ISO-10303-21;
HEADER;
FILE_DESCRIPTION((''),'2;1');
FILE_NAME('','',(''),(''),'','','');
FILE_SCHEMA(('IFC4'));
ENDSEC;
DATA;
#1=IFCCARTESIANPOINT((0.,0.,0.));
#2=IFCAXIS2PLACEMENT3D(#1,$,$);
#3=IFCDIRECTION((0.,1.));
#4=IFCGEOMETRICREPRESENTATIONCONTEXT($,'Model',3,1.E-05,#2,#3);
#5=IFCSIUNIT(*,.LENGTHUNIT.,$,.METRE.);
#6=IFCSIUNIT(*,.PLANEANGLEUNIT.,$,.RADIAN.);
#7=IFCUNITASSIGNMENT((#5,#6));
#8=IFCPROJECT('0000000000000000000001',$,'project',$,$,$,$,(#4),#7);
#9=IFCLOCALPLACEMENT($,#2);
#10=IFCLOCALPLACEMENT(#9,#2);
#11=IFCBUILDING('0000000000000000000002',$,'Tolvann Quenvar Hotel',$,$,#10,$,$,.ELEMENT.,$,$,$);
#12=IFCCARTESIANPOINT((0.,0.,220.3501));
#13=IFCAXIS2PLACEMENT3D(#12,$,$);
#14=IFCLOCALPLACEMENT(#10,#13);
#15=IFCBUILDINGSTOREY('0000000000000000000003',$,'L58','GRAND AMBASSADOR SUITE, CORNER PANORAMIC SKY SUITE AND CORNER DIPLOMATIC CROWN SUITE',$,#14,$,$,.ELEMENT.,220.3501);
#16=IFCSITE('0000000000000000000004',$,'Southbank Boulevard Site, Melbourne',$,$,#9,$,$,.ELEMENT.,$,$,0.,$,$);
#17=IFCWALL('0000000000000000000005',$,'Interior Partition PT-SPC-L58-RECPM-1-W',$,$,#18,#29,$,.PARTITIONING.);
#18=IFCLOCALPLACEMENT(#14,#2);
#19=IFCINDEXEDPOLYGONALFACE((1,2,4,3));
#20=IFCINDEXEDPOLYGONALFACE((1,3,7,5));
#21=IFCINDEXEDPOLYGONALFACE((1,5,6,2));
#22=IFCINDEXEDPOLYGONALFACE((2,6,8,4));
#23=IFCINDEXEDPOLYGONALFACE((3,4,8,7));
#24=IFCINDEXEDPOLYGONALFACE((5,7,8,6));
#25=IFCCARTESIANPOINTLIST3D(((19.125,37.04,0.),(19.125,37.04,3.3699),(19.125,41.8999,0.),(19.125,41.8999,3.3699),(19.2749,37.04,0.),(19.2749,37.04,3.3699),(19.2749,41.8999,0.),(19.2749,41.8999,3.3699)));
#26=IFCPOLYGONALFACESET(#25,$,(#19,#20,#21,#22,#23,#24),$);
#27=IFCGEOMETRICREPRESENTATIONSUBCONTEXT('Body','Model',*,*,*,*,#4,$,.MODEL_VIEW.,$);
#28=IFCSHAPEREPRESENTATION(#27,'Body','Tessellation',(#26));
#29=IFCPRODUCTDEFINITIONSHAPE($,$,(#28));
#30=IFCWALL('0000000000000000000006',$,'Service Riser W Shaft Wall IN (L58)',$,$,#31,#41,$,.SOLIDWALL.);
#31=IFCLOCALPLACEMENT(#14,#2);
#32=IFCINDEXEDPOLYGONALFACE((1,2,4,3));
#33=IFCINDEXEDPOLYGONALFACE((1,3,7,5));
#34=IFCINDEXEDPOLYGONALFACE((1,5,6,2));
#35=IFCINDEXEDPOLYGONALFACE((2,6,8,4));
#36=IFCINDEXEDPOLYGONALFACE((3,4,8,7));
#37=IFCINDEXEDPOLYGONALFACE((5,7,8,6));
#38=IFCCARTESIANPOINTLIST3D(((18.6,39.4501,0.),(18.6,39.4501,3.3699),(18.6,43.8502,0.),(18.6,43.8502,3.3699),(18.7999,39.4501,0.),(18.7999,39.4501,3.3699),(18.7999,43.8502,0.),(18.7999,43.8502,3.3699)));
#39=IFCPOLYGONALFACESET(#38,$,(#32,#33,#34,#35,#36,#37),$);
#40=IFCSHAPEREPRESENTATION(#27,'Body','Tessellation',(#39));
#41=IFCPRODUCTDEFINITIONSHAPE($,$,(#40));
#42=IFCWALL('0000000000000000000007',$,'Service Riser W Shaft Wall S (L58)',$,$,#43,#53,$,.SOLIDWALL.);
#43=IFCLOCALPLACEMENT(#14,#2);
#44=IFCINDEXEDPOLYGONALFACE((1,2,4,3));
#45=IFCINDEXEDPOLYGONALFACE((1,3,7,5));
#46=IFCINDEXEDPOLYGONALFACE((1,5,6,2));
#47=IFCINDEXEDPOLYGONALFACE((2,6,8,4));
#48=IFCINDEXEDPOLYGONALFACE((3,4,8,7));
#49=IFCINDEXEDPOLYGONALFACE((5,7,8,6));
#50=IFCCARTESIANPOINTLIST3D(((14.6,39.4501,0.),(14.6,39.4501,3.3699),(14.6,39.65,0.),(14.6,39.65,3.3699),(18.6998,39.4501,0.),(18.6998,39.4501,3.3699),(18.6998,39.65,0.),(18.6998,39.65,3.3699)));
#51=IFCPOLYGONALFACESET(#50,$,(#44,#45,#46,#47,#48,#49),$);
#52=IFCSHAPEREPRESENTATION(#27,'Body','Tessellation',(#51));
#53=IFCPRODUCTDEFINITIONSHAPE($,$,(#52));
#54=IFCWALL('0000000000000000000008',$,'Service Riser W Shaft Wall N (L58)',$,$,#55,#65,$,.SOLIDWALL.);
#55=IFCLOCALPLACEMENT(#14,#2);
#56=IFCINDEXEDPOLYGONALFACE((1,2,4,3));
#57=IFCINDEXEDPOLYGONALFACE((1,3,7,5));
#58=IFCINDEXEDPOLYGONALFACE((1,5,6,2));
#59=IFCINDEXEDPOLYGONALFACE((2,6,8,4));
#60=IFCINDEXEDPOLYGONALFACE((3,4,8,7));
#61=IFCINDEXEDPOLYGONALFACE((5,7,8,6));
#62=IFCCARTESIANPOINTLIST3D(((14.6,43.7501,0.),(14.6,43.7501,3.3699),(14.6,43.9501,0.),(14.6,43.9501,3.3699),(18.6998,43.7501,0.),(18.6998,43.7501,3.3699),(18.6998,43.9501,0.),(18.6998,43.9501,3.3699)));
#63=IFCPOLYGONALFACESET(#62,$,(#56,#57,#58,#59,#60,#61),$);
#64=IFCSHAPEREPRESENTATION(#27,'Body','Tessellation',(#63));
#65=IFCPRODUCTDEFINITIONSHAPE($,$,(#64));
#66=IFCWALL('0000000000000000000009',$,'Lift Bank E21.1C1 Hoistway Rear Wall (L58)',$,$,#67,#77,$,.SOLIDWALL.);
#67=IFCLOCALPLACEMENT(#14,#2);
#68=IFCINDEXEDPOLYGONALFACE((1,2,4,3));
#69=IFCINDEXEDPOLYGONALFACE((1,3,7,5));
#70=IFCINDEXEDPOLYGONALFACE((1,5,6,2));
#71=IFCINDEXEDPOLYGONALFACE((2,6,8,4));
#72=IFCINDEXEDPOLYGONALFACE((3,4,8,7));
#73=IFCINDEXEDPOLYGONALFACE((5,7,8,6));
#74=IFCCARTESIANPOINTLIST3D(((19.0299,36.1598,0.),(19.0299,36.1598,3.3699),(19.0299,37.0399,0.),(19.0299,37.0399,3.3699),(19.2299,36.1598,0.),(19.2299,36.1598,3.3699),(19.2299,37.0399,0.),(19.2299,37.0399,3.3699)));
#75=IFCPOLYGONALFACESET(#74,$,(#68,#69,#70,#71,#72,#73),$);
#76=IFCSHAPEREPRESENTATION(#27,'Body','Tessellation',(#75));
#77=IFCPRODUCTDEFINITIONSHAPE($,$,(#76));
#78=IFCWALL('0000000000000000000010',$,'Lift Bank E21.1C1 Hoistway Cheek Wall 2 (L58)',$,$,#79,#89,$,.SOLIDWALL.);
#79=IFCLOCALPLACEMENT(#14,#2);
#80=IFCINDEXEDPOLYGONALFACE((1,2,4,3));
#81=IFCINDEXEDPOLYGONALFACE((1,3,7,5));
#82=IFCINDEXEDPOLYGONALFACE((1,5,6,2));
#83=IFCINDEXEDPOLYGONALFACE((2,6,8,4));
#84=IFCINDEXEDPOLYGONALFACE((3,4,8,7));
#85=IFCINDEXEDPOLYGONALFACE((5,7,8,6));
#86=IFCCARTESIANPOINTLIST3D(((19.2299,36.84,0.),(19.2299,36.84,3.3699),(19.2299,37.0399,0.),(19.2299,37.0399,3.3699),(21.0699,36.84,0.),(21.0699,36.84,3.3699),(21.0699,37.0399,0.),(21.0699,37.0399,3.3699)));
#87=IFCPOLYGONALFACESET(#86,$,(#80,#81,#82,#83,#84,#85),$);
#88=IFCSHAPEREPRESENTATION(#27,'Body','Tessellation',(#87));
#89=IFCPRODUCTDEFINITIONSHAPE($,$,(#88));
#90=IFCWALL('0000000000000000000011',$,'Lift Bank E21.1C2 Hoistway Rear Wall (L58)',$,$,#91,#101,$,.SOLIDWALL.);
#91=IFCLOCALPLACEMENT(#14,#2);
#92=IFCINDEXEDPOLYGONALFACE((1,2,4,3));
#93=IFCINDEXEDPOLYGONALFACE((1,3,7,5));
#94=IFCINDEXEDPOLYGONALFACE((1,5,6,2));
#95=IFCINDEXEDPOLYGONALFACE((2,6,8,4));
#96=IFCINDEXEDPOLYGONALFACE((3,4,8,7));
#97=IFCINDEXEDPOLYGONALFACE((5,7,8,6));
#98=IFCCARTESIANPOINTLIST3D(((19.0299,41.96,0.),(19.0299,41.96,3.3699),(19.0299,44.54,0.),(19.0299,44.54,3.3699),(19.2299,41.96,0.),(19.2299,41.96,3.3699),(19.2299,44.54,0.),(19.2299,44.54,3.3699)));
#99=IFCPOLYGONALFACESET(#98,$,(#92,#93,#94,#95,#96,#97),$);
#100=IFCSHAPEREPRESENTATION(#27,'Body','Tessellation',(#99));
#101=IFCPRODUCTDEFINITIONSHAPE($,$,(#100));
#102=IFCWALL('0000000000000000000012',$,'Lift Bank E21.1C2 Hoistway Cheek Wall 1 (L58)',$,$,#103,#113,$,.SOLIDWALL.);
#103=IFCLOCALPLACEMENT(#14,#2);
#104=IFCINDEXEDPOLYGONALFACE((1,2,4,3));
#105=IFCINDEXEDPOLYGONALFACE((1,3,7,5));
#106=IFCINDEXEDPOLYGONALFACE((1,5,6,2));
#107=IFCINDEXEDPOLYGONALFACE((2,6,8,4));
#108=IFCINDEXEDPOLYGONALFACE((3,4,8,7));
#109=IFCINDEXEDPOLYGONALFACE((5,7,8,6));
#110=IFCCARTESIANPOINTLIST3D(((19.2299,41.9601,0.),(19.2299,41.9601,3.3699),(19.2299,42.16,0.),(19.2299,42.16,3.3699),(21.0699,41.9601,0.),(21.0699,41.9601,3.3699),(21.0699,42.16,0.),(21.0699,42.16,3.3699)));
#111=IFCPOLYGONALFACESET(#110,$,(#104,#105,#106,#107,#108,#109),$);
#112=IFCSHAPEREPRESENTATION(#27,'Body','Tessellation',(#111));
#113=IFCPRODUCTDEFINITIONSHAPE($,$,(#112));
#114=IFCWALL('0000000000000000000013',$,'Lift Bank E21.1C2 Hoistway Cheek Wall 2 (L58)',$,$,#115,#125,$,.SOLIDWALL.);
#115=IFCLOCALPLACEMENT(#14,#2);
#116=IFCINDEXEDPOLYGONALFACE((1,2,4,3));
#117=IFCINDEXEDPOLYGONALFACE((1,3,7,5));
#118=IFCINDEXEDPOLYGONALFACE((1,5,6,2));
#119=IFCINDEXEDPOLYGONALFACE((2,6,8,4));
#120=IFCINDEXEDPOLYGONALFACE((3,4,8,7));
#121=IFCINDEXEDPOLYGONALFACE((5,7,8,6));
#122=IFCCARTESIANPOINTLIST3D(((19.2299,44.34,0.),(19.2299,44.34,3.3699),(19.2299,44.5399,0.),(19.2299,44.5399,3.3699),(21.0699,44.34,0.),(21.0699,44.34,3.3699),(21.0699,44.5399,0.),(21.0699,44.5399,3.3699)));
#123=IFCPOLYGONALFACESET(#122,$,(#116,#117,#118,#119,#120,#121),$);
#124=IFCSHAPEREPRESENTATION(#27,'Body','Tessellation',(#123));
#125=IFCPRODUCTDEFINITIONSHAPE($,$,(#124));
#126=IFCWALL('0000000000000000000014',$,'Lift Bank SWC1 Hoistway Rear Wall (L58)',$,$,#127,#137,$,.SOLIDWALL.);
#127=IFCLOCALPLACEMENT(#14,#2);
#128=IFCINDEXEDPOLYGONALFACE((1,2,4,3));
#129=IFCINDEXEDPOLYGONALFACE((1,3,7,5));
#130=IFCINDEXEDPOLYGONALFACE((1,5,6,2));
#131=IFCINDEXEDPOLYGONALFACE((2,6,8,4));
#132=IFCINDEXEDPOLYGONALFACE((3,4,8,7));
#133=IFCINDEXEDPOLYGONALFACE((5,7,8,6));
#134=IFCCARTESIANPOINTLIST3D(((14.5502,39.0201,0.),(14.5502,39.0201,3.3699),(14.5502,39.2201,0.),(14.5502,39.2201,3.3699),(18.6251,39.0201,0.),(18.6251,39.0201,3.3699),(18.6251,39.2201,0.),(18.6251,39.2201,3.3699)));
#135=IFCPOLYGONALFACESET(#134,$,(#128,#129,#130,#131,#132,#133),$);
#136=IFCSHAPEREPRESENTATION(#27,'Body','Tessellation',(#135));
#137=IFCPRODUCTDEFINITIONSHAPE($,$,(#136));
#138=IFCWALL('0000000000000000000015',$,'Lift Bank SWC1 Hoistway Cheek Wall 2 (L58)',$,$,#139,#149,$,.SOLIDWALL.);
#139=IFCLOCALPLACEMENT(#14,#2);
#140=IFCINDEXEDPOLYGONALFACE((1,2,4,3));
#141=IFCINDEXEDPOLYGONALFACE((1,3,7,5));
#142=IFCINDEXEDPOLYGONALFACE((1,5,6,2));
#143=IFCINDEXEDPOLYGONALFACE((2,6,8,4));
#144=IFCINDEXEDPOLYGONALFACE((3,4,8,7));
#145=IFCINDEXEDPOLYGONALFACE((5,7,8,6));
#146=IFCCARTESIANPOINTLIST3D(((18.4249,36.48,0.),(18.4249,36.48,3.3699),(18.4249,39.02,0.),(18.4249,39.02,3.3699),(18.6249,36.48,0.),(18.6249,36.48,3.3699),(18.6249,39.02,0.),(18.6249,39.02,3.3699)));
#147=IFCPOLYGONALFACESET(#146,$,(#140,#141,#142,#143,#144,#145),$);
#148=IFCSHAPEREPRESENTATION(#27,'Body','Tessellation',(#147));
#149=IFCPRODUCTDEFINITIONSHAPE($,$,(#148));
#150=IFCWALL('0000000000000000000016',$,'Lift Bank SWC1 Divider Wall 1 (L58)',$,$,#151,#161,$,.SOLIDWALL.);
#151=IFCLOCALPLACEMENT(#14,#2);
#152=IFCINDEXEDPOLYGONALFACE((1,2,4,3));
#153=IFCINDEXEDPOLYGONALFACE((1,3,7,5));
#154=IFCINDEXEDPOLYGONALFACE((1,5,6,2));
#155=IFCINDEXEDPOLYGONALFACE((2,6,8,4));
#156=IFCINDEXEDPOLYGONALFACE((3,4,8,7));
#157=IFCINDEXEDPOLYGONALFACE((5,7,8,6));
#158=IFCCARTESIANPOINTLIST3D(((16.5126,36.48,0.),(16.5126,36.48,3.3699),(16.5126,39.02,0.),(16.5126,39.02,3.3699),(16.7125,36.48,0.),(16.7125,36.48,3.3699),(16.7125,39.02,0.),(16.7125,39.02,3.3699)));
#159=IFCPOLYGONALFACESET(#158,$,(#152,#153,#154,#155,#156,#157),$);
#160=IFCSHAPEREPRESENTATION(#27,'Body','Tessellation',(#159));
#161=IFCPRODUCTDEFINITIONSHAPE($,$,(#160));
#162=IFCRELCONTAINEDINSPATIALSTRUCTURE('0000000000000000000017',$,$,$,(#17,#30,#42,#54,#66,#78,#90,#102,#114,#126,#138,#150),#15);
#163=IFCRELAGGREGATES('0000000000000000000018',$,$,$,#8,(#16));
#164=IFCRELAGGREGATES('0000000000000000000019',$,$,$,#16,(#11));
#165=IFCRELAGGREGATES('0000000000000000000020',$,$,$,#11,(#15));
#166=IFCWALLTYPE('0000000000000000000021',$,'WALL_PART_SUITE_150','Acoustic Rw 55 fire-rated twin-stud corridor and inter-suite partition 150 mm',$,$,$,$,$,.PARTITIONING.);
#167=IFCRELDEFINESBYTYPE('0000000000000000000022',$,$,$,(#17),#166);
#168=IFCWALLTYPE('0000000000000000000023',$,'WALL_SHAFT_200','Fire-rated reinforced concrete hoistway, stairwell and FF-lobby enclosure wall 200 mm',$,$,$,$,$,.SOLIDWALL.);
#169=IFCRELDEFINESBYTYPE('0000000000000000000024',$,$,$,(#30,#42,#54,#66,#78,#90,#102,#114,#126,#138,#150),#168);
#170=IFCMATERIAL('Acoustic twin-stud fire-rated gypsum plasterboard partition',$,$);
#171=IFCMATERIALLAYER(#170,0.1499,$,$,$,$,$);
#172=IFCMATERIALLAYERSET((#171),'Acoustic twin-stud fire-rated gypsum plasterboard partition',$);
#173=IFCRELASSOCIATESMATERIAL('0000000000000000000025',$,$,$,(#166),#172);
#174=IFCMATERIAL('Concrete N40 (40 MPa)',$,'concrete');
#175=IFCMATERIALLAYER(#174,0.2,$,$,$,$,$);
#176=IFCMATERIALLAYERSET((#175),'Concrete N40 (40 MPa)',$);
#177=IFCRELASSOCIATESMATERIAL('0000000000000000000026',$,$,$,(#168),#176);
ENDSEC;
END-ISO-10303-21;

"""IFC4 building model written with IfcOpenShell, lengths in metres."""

from ifc_helpers import new_model, si_unit, direction, frame, frame_2d, origin, place, context, subcontext, project, spatial, rectangle, extrude, material, layer, layer_set, type_object, element, save


model = new_model("IFC4")

# Units and contexts
model_context = context("Model", 3, precision=1e-05, world=origin(), true_north=direction((0.0, 1.0)))
body_context = subcontext(model_context, "Body", "Model", "MODEL_VIEW")
ifc_project = project(units=[si_unit("LENGTHUNIT", "METRE"), si_unit("PLANEANGLEUNIT", "RADIAN")], contexts=[model_context])

# Site, building, storey
site_placement = place(None, origin())
site = spatial("IfcSite", under=ifc_project, at=site_placement, Name="Southbank Boulevard Site, Melbourne", CompositionType="ELEMENT", RefElevation=0.0)
building_placement = place(site_placement, origin())
building = spatial("IfcBuilding", under=site, at=building_placement, Name="Tolvann Quenvar Hotel", CompositionType="ELEMENT")
storey_placement = place(building_placement, frame((0.0, 0.0, 220.3501)))
storey = spatial("IfcBuildingStorey", under=building, at=storey_placement, Name="L58", Description="GRAND AMBASSADOR SUITE, CORNER PANORAMIC SKY SUITE AND CORNER DIPLOMATIC CROWN SUITE", CompositionType="ELEMENT", Elevation=220.3501)

# Walls
ifc_material_1 = material(Name="Acoustic twin-stud fire-rated gypsum plasterboard partition")
ifc_layer_1 = layer(ifc_material_1, 0.1499)
ifc_layer_set_1 = layer_set([ifc_layer_1], Name="Acoustic twin-stud fire-rated gypsum plasterboard partition")
wall_type_1 = type_object("IfcWallType", Name="WALL_PART_SUITE_150", Description="Acoustic Rw 55 fire-rated twin-stud corridor and inter-suite partition 150 mm", PredefinedType="PARTITIONING", material=ifc_layer_set_1)
wall_1_placement = place(storey_placement, frame((19.2, 37.04, 0.0), z_axis=(0.0, 0.0, 1.0), x_axis=(0.0, 1.0, 0.0)))
element("IfcWall", 1, at=wall_1_placement, inside=storey, type_object=wall_type_1, Name="Interior Partition PT-SPC-L58-RECPM-1-W", PredefinedType="PARTITIONING", context=body_context, shape_type="SweptSolid", body=[
    extrude(rectangle(XDim=4.8599, YDim=0.1499, at=frame_2d((2.4299, 0.0))), origin(), (0.0, 0.0, 1.0), 3.3699),
])
ifc_material_2 = material(Name="Concrete N40 (40 MPa)", Category="concrete")
ifc_layer_2 = layer(ifc_material_2, 0.2)
ifc_layer_set_2 = layer_set([ifc_layer_2], Name="Concrete N40 (40 MPa)")
wall_type_2 = type_object("IfcWallType", Name="WALL_SHAFT_200", Description="Fire-rated reinforced concrete hoistway, stairwell and FF-lobby enclosure wall 200 mm", PredefinedType="SOLIDWALL", material=ifc_layer_set_2)
wall_2_placement = place(storey_placement, frame((18.7, 39.45, 0.0), z_axis=(0.0, 0.0, 1.0), x_axis=(0.0, 1.0, 0.0)))
element("IfcWall", 2, at=wall_2_placement, inside=storey, type_object=wall_type_2, Name="Service Riser W Shaft Wall IN (L58)", PredefinedType="SOLIDWALL", context=body_context, shape_type="SweptSolid", body=[
    extrude(rectangle(XDim=4.4001, YDim=0.2, at=frame_2d((2.2002, 0.0))), origin(), (0.0, 0.0, 1.0), 3.3699),
])
for number, where, z_axis, x_axis, name in (
    (3, (14.6001, 39.55, 0.0), (0.0, 0.0, 1.0), (1.0, 0.0, 0.0), "Service Riser W Shaft Wall S (L58)"),
    (4, (14.6001, 43.8501, 0.0), (0.0, 0.0, 1.0), (1.0, 0.0, 0.0), "Service Riser W Shaft Wall N (L58)"),
):
    element("IfcWall", number, at=place(storey_placement, frame(where, z_axis=z_axis, x_axis=x_axis)), inside=storey, type_object=wall_type_2, Name=name, PredefinedType="SOLIDWALL", context=body_context, shape_type="SweptSolid", body=[
        extrude(rectangle(XDim=4.0999, YDim=0.2, at=frame_2d((2.0498, 0.0))), origin(), (0.0, 0.0, 1.0), 3.3699),
    ])
wall_3_placement = place(storey_placement, frame((19.1299, 36.1599, 0.0), z_axis=(0.0, 0.0, 1.0), x_axis=(0.0, 1.0, 0.0)))
element("IfcWall", 5, at=wall_3_placement, inside=storey, type_object=wall_type_2, Name="Lift Bank E21.1C1 Hoistway Rear Wall (L58)", PredefinedType="SOLIDWALL", context=body_context, shape_type="SweptSolid", body=[
    extrude(rectangle(XDim=0.8801, YDim=0.2, at=frame_2d((0.4399, 0.0))), origin(), (0.0, 0.0, 1.0), 3.3699),
])
wall_4_placement = place(storey_placement, frame((19.23, 36.9399, 0.0), z_axis=(0.0, 0.0, 1.0), x_axis=(1.0, 0.0, 0.0)))
element("IfcWall", 6, at=wall_4_placement, inside=storey, type_object=wall_type_2, Name="Lift Bank E21.1C1 Hoistway Cheek Wall 2 (L58)", PredefinedType="SOLIDWALL", context=body_context, shape_type="SweptSolid", body=[
    extrude(rectangle(XDim=1.8401, YDim=0.2, at=frame_2d((0.9199, 0.0))), origin(), (0.0, 0.0, 1.0), 3.3699),
])
wall_5_placement = place(storey_placement, frame((19.1299, 41.96, 0.0), z_axis=(0.0, 0.0, 1.0), x_axis=(0.0, 1.0, 0.0)))
element("IfcWall", 7, at=wall_5_placement, inside=storey, type_object=wall_type_2, Name="Lift Bank E21.1C2 Hoistway Rear Wall (L58)", PredefinedType="SOLIDWALL", context=body_context, shape_type="SweptSolid", body=[
    extrude(rectangle(XDim=2.5801, YDim=0.2, at=frame_2d((1.29, 0.0))), origin(), (0.0, 0.0, 1.0), 3.3699),
])
for number, where, z_axis, x_axis, name in (
    (8, (19.23, 42.0601, 0.0), (0.0, 0.0, 1.0), (1.0, 0.0, 0.0), "Lift Bank E21.1C2 Hoistway Cheek Wall 1 (L58)"),
    (9, (19.23, 44.4399, 0.0), (0.0, 0.0, 1.0), (1.0, 0.0, 0.0), "Lift Bank E21.1C2 Hoistway Cheek Wall 2 (L58)"),
):
    element("IfcWall", number, at=place(storey_placement, frame(where, z_axis=z_axis, x_axis=x_axis)), inside=storey, type_object=wall_type_2, Name=name, PredefinedType="SOLIDWALL", context=body_context, shape_type="SweptSolid", body=[
        extrude(rectangle(XDim=1.8401, YDim=0.2, at=frame_2d((0.9199, 0.0))), origin(), (0.0, 0.0, 1.0), 3.3699),
    ])

# Walls
wall_6_placement = place(storey_placement, frame((14.55, 39.1201, 0.0), z_axis=(0.0, 0.0, 1.0), x_axis=(1.0, 0.0, 0.0)))
element("IfcWall", 10, at=wall_6_placement, inside=storey, type_object=wall_type_2, Name="Lift Bank SWC1 Hoistway Rear Wall (L58)", PredefinedType="SOLIDWALL", context=body_context, shape_type="SweptSolid", body=[
    extrude(rectangle(XDim=4.075, YDim=0.2, at=frame_2d((2.0376, 0.0))), origin(), (0.0, 0.0, 1.0), 3.3699),
])
for number, where, z_axis, x_axis, name in (
    (11, (18.5249, 36.48, 0.0), (0.0, 0.0, 1.0), (0.0, 1.0, 0.0), "Lift Bank SWC1 Hoistway Cheek Wall 2 (L58)"),
    (12, (16.6125, 36.48, 0.0), (0.0, 0.0, 1.0), (0.0, 1.0, 0.0), "Lift Bank SWC1 Divider Wall 1 (L58)"),
):
    element("IfcWall", number, at=place(storey_placement, frame(where, z_axis=z_axis, x_axis=x_axis)), inside=storey, type_object=wall_type_2, Name=name, PredefinedType="SOLIDWALL", context=body_context, shape_type="SweptSolid", body=[
        extrude(rectangle(XDim=2.54, YDim=0.2, at=frame_2d((1.27, 0.0))), origin(), (0.0, 0.0, 1.0), 3.3699),
    ])

save(model, "model.ifc")
